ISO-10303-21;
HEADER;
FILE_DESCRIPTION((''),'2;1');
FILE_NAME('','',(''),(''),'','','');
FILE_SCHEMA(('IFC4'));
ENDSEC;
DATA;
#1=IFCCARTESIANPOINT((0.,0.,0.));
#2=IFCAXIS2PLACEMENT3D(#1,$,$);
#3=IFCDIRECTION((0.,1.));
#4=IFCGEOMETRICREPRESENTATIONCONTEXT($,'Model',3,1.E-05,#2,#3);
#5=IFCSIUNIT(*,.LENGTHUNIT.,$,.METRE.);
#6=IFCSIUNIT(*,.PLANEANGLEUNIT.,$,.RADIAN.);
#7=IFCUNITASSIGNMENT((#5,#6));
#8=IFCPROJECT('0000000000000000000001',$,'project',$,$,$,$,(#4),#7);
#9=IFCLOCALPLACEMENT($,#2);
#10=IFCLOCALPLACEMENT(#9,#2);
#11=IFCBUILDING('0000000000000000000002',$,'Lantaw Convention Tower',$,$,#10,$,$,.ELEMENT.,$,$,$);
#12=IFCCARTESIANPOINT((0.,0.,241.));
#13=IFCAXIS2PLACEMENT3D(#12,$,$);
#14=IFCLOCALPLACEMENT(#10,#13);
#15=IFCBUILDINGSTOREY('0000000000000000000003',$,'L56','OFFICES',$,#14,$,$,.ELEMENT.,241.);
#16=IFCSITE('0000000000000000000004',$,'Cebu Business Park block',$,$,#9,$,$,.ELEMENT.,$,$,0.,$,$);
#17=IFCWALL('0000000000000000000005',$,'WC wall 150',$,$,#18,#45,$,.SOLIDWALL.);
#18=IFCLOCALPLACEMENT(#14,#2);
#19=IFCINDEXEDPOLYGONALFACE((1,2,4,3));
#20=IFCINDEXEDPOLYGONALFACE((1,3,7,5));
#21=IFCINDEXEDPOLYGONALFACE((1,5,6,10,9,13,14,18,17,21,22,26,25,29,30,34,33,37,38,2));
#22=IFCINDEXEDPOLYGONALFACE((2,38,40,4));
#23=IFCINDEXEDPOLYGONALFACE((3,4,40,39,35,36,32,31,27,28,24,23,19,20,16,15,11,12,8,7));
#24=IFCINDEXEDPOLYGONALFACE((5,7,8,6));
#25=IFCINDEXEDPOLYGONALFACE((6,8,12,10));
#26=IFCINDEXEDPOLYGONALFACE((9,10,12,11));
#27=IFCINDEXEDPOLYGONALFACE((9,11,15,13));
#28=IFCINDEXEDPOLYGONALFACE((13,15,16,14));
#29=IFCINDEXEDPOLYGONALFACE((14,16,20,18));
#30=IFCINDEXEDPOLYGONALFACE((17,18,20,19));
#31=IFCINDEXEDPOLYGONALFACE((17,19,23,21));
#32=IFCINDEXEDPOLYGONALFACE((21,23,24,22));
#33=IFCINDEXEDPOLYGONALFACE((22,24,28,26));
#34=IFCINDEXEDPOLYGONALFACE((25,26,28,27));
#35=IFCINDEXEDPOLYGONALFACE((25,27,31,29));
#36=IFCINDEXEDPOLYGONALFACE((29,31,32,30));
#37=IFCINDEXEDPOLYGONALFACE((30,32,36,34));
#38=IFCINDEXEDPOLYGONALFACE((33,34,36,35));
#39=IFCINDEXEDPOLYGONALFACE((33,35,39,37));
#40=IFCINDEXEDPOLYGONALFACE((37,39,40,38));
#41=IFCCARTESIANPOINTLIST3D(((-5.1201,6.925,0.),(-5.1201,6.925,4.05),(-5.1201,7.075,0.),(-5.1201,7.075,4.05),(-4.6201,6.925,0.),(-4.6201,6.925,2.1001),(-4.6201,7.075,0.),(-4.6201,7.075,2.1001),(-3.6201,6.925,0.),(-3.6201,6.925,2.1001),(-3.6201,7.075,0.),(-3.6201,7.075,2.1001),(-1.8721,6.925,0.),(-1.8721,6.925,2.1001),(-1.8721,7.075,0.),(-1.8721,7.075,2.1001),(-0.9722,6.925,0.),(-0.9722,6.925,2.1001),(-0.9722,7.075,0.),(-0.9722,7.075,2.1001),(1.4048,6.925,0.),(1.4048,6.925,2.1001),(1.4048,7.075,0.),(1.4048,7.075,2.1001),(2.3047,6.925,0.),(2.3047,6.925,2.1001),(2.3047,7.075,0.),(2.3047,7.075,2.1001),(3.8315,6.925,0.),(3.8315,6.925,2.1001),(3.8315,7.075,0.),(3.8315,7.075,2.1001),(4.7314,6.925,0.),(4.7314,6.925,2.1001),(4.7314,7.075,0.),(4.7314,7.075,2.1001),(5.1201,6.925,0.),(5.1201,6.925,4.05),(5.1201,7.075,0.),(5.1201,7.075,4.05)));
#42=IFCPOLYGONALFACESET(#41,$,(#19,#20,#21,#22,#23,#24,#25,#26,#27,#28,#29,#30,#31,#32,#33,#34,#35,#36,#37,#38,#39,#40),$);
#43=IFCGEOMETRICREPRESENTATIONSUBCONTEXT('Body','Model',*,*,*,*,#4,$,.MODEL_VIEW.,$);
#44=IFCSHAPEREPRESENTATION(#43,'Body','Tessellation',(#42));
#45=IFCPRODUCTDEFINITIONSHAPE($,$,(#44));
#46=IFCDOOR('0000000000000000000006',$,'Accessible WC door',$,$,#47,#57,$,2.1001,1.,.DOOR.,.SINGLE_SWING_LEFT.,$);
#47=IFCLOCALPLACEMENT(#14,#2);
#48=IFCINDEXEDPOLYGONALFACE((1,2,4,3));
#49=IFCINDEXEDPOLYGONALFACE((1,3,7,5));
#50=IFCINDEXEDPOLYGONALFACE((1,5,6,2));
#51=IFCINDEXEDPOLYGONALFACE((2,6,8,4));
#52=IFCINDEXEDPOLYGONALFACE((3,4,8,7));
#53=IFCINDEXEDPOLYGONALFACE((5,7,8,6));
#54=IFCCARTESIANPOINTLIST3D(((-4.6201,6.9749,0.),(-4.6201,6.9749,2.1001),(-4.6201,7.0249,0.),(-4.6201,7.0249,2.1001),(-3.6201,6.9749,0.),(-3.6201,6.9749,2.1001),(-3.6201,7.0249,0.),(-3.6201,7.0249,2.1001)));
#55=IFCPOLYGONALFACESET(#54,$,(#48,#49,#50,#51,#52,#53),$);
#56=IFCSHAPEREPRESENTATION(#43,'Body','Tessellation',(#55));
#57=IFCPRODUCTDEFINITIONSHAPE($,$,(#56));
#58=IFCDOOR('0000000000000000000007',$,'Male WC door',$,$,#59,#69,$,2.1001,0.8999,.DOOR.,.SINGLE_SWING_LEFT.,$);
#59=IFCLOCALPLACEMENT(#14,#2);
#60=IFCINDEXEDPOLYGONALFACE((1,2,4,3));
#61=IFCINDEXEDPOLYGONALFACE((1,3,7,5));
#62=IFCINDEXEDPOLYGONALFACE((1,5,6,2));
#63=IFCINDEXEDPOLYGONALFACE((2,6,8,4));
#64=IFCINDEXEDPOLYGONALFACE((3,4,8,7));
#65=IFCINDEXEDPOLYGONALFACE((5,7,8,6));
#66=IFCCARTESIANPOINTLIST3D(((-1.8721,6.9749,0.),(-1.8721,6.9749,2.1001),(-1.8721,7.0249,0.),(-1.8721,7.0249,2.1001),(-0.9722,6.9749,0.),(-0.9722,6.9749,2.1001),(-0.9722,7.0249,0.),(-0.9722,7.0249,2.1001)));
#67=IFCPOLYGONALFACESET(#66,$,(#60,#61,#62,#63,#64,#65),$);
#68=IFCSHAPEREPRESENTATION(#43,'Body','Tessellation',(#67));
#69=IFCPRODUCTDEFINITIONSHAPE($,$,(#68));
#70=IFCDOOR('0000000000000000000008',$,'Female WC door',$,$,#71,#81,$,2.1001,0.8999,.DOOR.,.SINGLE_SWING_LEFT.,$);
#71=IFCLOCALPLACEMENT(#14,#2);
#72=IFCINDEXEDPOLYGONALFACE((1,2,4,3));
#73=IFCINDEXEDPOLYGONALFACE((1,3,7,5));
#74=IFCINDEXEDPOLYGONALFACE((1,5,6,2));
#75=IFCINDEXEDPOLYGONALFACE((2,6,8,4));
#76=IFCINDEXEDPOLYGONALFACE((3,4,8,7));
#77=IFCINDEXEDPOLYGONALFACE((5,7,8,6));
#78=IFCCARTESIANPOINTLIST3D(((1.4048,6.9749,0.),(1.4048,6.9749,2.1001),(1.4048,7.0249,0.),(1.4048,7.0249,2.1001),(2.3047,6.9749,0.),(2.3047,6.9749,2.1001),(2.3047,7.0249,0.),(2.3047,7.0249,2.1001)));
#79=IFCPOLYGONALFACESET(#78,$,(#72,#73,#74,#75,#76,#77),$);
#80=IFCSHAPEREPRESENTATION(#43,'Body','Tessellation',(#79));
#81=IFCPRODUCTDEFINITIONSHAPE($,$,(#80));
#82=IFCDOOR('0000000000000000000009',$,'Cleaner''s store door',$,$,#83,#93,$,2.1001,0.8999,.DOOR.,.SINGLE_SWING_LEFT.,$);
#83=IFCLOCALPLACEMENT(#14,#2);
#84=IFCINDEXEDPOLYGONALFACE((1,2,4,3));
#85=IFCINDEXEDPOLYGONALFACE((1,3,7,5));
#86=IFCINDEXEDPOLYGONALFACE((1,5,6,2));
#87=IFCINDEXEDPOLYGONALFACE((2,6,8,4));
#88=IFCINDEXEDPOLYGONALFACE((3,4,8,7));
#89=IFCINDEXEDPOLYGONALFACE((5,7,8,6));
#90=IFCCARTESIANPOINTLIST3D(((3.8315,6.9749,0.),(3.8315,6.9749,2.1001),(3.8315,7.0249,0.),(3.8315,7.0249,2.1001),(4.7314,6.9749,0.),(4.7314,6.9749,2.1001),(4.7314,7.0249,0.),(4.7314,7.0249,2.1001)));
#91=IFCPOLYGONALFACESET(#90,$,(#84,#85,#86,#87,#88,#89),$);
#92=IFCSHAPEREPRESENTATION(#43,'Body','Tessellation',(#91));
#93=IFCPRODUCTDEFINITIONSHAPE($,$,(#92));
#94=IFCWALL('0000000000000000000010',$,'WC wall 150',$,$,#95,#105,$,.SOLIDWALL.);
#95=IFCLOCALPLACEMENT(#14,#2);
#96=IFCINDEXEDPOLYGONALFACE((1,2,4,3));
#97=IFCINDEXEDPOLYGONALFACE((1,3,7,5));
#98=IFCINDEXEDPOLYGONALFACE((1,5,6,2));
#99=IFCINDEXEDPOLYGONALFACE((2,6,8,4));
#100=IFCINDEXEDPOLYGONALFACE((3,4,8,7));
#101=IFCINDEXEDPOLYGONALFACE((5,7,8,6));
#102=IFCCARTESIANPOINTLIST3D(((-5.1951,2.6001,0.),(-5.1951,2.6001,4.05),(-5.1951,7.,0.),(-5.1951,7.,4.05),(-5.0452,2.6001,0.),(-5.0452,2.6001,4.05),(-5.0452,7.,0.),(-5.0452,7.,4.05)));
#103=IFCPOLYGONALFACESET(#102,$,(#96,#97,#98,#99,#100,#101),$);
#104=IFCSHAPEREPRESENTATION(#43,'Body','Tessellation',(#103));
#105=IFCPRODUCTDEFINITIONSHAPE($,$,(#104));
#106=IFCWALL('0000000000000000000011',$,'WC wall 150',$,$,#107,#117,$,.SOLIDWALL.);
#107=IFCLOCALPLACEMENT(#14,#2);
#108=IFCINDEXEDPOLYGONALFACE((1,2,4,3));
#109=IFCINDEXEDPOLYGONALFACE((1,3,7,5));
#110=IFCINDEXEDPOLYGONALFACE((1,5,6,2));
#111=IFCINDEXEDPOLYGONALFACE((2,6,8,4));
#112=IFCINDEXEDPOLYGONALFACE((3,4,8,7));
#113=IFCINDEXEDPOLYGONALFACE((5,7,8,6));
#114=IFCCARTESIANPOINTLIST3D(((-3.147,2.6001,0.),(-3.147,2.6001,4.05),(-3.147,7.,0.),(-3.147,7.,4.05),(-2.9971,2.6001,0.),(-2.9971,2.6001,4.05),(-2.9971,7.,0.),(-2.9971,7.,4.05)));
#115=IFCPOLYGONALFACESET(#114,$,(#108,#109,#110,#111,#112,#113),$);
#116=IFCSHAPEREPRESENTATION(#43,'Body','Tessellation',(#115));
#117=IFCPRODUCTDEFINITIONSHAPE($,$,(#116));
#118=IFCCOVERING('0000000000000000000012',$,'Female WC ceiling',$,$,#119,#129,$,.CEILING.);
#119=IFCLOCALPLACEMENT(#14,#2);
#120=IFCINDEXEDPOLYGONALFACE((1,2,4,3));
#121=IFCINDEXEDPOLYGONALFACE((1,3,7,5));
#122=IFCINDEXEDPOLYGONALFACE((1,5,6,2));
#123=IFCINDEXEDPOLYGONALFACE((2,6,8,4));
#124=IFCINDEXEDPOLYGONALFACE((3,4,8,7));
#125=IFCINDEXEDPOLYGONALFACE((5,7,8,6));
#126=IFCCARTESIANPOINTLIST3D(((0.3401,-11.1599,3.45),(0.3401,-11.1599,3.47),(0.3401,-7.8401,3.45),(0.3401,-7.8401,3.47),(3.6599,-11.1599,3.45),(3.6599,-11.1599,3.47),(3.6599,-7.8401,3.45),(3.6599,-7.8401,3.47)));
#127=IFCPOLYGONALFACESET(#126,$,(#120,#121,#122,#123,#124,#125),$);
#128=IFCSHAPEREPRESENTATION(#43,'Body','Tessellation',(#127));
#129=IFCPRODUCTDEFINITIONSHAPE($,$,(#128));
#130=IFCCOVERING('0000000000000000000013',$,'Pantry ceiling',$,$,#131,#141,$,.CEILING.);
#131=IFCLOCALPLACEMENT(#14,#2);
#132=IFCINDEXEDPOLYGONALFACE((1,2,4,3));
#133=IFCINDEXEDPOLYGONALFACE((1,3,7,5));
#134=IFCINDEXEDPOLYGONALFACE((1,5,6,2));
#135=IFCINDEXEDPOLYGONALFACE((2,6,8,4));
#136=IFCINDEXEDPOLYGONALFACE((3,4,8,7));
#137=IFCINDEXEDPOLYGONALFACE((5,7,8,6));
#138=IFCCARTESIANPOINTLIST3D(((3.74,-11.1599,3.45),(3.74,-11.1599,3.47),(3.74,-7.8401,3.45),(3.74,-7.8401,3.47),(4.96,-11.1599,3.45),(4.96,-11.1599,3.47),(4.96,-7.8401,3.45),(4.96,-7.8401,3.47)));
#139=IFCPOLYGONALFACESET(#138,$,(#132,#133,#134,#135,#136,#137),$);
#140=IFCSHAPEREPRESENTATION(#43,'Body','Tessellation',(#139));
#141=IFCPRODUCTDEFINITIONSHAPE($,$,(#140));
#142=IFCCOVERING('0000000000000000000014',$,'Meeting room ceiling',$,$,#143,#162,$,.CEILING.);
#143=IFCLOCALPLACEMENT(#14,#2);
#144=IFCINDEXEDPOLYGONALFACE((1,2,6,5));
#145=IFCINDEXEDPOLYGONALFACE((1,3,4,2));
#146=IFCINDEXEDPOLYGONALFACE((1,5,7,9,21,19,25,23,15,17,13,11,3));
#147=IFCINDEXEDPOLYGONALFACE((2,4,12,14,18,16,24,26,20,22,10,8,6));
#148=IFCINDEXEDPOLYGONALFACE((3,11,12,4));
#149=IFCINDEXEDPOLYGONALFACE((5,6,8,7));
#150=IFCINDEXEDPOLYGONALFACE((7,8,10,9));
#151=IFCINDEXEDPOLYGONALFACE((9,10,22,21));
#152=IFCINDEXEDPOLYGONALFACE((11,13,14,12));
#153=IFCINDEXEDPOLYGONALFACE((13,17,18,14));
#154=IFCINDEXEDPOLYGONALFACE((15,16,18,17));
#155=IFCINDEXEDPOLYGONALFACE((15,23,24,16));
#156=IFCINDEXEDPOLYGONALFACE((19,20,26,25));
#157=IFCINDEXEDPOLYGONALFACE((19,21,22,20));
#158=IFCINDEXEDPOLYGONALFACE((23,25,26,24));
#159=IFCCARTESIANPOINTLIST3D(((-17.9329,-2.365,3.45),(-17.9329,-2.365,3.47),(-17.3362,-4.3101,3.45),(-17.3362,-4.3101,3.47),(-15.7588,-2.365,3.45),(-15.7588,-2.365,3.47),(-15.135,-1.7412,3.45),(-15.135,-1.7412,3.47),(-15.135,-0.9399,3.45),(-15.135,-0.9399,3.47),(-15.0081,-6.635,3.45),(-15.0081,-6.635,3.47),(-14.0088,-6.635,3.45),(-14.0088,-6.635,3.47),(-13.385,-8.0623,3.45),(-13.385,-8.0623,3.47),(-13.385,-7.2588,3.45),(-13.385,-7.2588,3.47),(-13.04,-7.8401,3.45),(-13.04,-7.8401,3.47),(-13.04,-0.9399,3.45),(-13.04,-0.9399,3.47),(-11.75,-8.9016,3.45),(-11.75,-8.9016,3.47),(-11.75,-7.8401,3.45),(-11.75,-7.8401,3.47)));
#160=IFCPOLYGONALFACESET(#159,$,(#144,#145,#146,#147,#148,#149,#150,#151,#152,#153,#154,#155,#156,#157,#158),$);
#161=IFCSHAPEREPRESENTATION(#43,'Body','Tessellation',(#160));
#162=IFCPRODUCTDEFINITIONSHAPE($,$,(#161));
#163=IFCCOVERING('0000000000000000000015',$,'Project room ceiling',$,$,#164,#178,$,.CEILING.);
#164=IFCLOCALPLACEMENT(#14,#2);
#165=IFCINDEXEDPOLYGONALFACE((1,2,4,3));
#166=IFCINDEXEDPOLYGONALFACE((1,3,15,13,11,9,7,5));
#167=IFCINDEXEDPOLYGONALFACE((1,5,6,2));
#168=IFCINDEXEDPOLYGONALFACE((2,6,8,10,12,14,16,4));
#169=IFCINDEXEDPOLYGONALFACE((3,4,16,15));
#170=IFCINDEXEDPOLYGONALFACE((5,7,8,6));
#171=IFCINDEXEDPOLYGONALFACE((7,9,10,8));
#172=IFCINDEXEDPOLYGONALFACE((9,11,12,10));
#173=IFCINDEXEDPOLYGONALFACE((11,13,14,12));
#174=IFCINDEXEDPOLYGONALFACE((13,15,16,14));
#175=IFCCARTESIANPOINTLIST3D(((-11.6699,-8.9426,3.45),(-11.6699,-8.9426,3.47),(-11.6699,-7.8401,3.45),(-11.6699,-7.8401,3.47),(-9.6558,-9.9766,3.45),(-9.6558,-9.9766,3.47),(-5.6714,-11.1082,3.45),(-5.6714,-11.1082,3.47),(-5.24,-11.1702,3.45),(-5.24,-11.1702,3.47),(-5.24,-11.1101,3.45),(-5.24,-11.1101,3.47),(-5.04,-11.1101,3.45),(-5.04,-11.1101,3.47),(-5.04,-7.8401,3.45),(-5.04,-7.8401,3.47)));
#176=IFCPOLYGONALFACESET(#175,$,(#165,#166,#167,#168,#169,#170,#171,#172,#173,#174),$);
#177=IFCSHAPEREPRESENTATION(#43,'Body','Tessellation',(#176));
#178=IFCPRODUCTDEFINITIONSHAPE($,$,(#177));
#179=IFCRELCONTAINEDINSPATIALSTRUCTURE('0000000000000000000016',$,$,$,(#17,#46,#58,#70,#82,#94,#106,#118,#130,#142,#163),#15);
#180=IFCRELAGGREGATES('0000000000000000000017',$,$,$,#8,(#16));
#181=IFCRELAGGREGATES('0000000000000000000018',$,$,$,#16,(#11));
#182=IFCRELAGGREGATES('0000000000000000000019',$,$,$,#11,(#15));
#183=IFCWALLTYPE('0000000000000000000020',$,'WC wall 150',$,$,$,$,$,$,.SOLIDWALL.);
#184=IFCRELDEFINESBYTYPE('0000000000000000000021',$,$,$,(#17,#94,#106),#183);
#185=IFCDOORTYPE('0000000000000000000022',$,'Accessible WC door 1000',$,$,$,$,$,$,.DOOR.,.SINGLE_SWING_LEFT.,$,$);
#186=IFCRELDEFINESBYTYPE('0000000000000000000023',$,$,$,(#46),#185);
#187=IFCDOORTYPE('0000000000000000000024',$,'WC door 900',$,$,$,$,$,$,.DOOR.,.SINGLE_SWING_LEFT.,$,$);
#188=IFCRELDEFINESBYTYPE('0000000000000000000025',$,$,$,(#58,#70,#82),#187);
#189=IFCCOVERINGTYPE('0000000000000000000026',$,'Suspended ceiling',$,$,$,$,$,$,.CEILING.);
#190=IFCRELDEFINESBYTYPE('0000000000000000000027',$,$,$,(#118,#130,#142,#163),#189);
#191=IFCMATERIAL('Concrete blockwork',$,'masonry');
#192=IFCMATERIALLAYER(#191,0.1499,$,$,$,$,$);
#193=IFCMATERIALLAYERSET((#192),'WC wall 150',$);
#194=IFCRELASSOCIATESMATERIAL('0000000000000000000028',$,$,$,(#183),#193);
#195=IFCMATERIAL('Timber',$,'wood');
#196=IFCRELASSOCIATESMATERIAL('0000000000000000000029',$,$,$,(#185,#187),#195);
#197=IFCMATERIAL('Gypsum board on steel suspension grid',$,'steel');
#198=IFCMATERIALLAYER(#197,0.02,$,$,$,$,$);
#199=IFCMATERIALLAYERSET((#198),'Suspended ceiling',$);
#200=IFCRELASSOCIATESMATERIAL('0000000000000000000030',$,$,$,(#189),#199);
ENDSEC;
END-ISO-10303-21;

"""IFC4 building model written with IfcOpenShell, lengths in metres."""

from ifc_helpers import new_model, si_unit, direction, frame, frame_2d, origin, place, context, subcontext, project, spatial, polyline, rectangle, outline, extrude, material, layer, layer_set, type_object, element, fill, save


model = new_model("IFC4")

# Units and contexts
model_context = context("Model", 3, precision=1e-05, world=origin(), true_north=direction((0.0, 1.0)))
body_context = subcontext(model_context, "Body", "Model", "MODEL_VIEW")
ifc_project = project(units=[si_unit("LENGTHUNIT", "METRE"), si_unit("PLANEANGLEUNIT", "RADIAN")], contexts=[model_context])

# Site, building, storey
site_placement = place(None, origin())
site = spatial("IfcSite", under=ifc_project, at=site_placement, Name="Cebu Business Park block", CompositionType="ELEMENT", RefElevation=0.0)
building_placement = place(site_placement, origin())
building = spatial("IfcBuilding", under=site, at=building_placement, Name="Lantaw Convention Tower", CompositionType="ELEMENT")
storey_placement = place(building_placement, frame((0.0, 0.0, 241.0)))
storey = spatial("IfcBuildingStorey", under=building, at=storey_placement, Name="L56", Description="OFFICES", CompositionType="ELEMENT", Elevation=241.0)

# Wall, openings, doors
ifc_material_1 = material(Name="Concrete blockwork", Category="masonry")
ifc_layer_1 = layer(ifc_material_1, 0.1499)
ifc_layer_set_1 = layer_set([ifc_layer_1], Name="WC wall 150")
wall_type_1 = type_object("IfcWallType", Name="WC wall 150", PredefinedType="SOLIDWALL", material=ifc_layer_set_1)
wall_1_placement = place(storey_placement, frame((-5.1201, 7.0, 0.0), z_axis=(0.0, 0.0, 1.0), x_axis=(1.0, 0.0, 0.0)))
wall_1 = element("IfcWall", 1, at=wall_1_placement, inside=storey, type_object=wall_type_1, Name="WC wall 150", PredefinedType="SOLIDWALL", context=body_context, shape_type="SweptSolid", body=[
    extrude(rectangle(XDim=10.2402, YDim=0.1499, at=frame_2d((5.1201, 0.0))), origin(), (0.0, 0.0, 1.0), 4.05),
])
opening_1_placement = place(wall_1_placement, frame((0.5, 0.0, 0.0)))
opening_1 = element("IfcOpeningElement", 2, at=opening_1_placement, cuts=wall_1, PredefinedType="OPENING", context=body_context, shape_type="SweptSolid", body=[
    extrude(rectangle(XDim=1.0, YDim=2.1001, at=frame_2d((0.5, 1.05))), frame((0.0, 0.085, 0.0), z_axis=(0.0, -1.0, 0.0), x_axis=(1.0, 0.0, 0.0)), (0.0, 0.0, 1.0), 0.1699),
])
opening_2_placement = place(wall_1_placement, frame((3.248, 0.0, 0.0)))
opening_2 = element("IfcOpeningElement", 3, at=opening_2_placement, cuts=wall_1, PredefinedType="OPENING", context=body_context, shape_type="SweptSolid", body=[
    extrude(rectangle(XDim=0.8999, YDim=2.1001, at=frame_2d((0.45, 1.05))), frame((0.0, 0.085, 0.0), z_axis=(0.0, -1.0, 0.0), x_axis=(1.0, 0.0, 0.0)), (0.0, 0.0, 1.0), 0.1699),
])
opening_3_placement = place(wall_1_placement, frame((6.5249, 0.0, 0.0)))
opening_3 = element("IfcOpeningElement", 4, at=opening_3_placement, cuts=wall_1, PredefinedType="OPENING", context=body_context, shape_type="SweptSolid", body=[
    extrude(rectangle(XDim=0.8999, YDim=2.1001, at=frame_2d((0.45, 1.05))), frame((0.0, 0.085, 0.0), z_axis=(0.0, -1.0, 0.0), x_axis=(1.0, 0.0, 0.0)), (0.0, 0.0, 1.0), 0.1699),
])
opening_4_placement = place(wall_1_placement, frame((8.9517, 0.0, 0.0)))
opening_4 = element("IfcOpeningElement", 5, at=opening_4_placement, cuts=wall_1, PredefinedType="OPENING", context=body_context, shape_type="SweptSolid", body=[
    extrude(rectangle(XDim=0.8999, YDim=2.1001, at=frame_2d((0.45, 1.05))), frame((0.0, 0.085, 0.0), z_axis=(0.0, -1.0, 0.0), x_axis=(1.0, 0.0, 0.0)), (0.0, 0.0, 1.0), 0.1699),
])
ifc_material_2 = material(Name="Timber", Category="wood")
door_type_1 = type_object("IfcDoorType", Name="Accessible WC door 1000", OperationType="SINGLE_SWING_LEFT", PredefinedType="DOOR", material=ifc_material_2)
door_1_placement = place(opening_1_placement, origin())
door_1 = element("IfcDoor", 6, at=door_1_placement, inside=storey, type_object=door_type_1, Name="Accessible WC door", OperationType="SINGLE_SWING_LEFT", OverallHeight=2.1001, OverallWidth=1.0, PredefinedType="DOOR", context=body_context, shape_type="SweptSolid", body=[
    extrude(rectangle(XDim=1.0, YDim=2.1001, at=frame_2d((0.5, 1.05))), frame((0.0, 0.0249, 0.0), z_axis=(0.0, -1.0, 0.0), x_axis=(1.0, 0.0, 0.0)), (0.0, 0.0, 1.0), 0.05),
])
fill(opening_1, door_1)
door_type_2 = type_object("IfcDoorType", Name="WC door 900", OperationType="SINGLE_SWING_LEFT", PredefinedType="DOOR", material=ifc_material_2)
door_2_placement = place(opening_2_placement, origin())
door_2 = element("IfcDoor", 7, at=door_2_placement, inside=storey, type_object=door_type_2, Name="Male WC door", OperationType="SINGLE_SWING_LEFT", OverallHeight=2.1001, OverallWidth=0.8999, PredefinedType="DOOR", context=body_context, shape_type="SweptSolid", body=[
    extrude(rectangle(XDim=0.8999, YDim=2.1001, at=frame_2d((0.45, 1.05))), frame((0.0, 0.0249, 0.0), z_axis=(0.0, -1.0, 0.0), x_axis=(1.0, 0.0, 0.0)), (0.0, 0.0, 1.0), 0.05),
])
fill(opening_2, door_2)
door_3_placement = place(opening_3_placement, origin())
door_3 = element("IfcDoor", 8, at=door_3_placement, inside=storey, type_object=door_type_2, Name="Female WC door", OperationType="SINGLE_SWING_LEFT", OverallHeight=2.1001, OverallWidth=0.8999, PredefinedType="DOOR", context=body_context, shape_type="SweptSolid", body=[
    extrude(rectangle(XDim=0.8999, YDim=2.1001, at=frame_2d((0.45, 1.05))), frame((0.0, 0.0249, 0.0), z_axis=(0.0, -1.0, 0.0), x_axis=(1.0, 0.0, 0.0)), (0.0, 0.0, 1.0), 0.05),
])
fill(opening_3, door_3)
door_4_placement = place(opening_4_placement, origin())
door_4 = element("IfcDoor", 9, at=door_4_placement, inside=storey, type_object=door_type_2, Name="Cleaner's store door", OperationType="SINGLE_SWING_LEFT", OverallHeight=2.1001, OverallWidth=0.8999, PredefinedType="DOOR", context=body_context, shape_type="SweptSolid", body=[
    extrude(rectangle(XDim=0.8999, YDim=2.1001, at=frame_2d((0.45, 1.05))), frame((0.0, 0.0249, 0.0), z_axis=(0.0, -1.0, 0.0), x_axis=(1.0, 0.0, 0.0)), (0.0, 0.0, 1.0), 0.05),
])
fill(opening_4, door_4)

# Walls
for number, where, z_axis, x_axis, name in (
    (10, (-5.1201, 2.6001, 0.0), (0.0, 0.0, 1.0), (0.0, 1.0, 0.0), "WC wall 150"),
    (11, (-3.072, 2.6001, 0.0), (0.0, 0.0, 1.0), (0.0, 1.0, 0.0), "WC wall 150"),
):
    element("IfcWall", number, at=place(storey_placement, frame(where, z_axis=z_axis, x_axis=x_axis)), inside=storey, type_object=wall_type_1, Name=name, PredefinedType="SOLIDWALL", context=body_context, shape_type="SweptSolid", body=[
        extrude(rectangle(XDim=4.3999, YDim=0.1499, at=frame_2d((2.2, 0.0))), origin(), (0.0, 0.0, 1.0), 4.05),
    ])

# Coverings
ifc_material_3 = material(Name="Gypsum board on steel suspension grid", Category="steel")
ifc_layer_2 = layer(ifc_material_3, 0.02)
ifc_layer_set_2 = layer_set([ifc_layer_2], Name="Suspended ceiling")
covering_type = type_object("IfcCoveringType", Name="Suspended ceiling", PredefinedType="CEILING", material=ifc_layer_set_2)
covering_1_placement = place(storey_placement, frame((0.0, 0.0, 3.45)))
element("IfcCovering", 12, at=covering_1_placement, inside=storey, type_object=covering_type, Name="Female WC ceiling", PredefinedType="CEILING", context=body_context, shape_type="SweptSolid", body=[
    extrude(outline(polyline([(0.3401, -11.1599), (3.6599, -11.1599), (3.6599, -7.8401), (0.3401, -7.8401), (0.3401, -11.1599)])), origin(), (0.0, 0.0, 1.0), 0.02),
])
covering_2_placement = place(storey_placement, frame((0.0, 0.0, 3.45)))
element("IfcCovering", 13, at=covering_2_placement, inside=storey, type_object=covering_type, Name="Pantry ceiling", PredefinedType="CEILING", context=body_context, shape_type="SweptSolid", body=[
    extrude(outline(polyline([(3.74, -11.1599), (4.96, -11.1599), (4.96, -7.8401), (3.74, -7.8401), (3.74, -11.1599)])), origin(), (0.0, 0.0, 1.0), 0.02),
])
covering_3_placement = place(storey_placement, frame((0.0, 0.0, 3.45)))
element("IfcCovering", 14, at=covering_3_placement, inside=storey, type_object=covering_type, Name="Meeting room ceiling", PredefinedType="CEILING", context=body_context, shape_type="SweptSolid", body=[
    extrude(outline(polyline([(-13.385, -8.0623), (-11.75, -8.9016), (-11.75, -7.8401), (-13.04, -7.8401), (-13.04, -0.9399), (-15.135, -0.9399), (-15.135, -1.7412), (-15.7588, -2.365), (-17.9329, -2.365), (-17.3362, -4.3101), (-15.0081, -6.635), (-14.0088, -6.635), (-13.385, -7.2588), (-13.385, -8.0623)])), origin(), (0.0, 0.0, 1.0), 0.02),
])
covering_4_placement = place(storey_placement, frame((0.0, 0.0, 3.45)))
element("IfcCovering", 15, at=covering_4_placement, inside=storey, type_object=covering_type, Name="Project room ceiling", PredefinedType="CEILING", context=body_context, shape_type="SweptSolid", body=[
    extrude(outline(polyline([(-5.04, -7.8401), (-11.6699, -7.8401), (-11.6699, -8.9426), (-9.6558, -9.9766), (-5.6714, -11.1082), (-5.24, -11.1702), (-5.24, -11.1101), (-5.04, -11.1101), (-5.04, -7.8401)])), origin(), (0.0, 0.0, 1.0), 0.02),
])

save(model, "model.ifc")
